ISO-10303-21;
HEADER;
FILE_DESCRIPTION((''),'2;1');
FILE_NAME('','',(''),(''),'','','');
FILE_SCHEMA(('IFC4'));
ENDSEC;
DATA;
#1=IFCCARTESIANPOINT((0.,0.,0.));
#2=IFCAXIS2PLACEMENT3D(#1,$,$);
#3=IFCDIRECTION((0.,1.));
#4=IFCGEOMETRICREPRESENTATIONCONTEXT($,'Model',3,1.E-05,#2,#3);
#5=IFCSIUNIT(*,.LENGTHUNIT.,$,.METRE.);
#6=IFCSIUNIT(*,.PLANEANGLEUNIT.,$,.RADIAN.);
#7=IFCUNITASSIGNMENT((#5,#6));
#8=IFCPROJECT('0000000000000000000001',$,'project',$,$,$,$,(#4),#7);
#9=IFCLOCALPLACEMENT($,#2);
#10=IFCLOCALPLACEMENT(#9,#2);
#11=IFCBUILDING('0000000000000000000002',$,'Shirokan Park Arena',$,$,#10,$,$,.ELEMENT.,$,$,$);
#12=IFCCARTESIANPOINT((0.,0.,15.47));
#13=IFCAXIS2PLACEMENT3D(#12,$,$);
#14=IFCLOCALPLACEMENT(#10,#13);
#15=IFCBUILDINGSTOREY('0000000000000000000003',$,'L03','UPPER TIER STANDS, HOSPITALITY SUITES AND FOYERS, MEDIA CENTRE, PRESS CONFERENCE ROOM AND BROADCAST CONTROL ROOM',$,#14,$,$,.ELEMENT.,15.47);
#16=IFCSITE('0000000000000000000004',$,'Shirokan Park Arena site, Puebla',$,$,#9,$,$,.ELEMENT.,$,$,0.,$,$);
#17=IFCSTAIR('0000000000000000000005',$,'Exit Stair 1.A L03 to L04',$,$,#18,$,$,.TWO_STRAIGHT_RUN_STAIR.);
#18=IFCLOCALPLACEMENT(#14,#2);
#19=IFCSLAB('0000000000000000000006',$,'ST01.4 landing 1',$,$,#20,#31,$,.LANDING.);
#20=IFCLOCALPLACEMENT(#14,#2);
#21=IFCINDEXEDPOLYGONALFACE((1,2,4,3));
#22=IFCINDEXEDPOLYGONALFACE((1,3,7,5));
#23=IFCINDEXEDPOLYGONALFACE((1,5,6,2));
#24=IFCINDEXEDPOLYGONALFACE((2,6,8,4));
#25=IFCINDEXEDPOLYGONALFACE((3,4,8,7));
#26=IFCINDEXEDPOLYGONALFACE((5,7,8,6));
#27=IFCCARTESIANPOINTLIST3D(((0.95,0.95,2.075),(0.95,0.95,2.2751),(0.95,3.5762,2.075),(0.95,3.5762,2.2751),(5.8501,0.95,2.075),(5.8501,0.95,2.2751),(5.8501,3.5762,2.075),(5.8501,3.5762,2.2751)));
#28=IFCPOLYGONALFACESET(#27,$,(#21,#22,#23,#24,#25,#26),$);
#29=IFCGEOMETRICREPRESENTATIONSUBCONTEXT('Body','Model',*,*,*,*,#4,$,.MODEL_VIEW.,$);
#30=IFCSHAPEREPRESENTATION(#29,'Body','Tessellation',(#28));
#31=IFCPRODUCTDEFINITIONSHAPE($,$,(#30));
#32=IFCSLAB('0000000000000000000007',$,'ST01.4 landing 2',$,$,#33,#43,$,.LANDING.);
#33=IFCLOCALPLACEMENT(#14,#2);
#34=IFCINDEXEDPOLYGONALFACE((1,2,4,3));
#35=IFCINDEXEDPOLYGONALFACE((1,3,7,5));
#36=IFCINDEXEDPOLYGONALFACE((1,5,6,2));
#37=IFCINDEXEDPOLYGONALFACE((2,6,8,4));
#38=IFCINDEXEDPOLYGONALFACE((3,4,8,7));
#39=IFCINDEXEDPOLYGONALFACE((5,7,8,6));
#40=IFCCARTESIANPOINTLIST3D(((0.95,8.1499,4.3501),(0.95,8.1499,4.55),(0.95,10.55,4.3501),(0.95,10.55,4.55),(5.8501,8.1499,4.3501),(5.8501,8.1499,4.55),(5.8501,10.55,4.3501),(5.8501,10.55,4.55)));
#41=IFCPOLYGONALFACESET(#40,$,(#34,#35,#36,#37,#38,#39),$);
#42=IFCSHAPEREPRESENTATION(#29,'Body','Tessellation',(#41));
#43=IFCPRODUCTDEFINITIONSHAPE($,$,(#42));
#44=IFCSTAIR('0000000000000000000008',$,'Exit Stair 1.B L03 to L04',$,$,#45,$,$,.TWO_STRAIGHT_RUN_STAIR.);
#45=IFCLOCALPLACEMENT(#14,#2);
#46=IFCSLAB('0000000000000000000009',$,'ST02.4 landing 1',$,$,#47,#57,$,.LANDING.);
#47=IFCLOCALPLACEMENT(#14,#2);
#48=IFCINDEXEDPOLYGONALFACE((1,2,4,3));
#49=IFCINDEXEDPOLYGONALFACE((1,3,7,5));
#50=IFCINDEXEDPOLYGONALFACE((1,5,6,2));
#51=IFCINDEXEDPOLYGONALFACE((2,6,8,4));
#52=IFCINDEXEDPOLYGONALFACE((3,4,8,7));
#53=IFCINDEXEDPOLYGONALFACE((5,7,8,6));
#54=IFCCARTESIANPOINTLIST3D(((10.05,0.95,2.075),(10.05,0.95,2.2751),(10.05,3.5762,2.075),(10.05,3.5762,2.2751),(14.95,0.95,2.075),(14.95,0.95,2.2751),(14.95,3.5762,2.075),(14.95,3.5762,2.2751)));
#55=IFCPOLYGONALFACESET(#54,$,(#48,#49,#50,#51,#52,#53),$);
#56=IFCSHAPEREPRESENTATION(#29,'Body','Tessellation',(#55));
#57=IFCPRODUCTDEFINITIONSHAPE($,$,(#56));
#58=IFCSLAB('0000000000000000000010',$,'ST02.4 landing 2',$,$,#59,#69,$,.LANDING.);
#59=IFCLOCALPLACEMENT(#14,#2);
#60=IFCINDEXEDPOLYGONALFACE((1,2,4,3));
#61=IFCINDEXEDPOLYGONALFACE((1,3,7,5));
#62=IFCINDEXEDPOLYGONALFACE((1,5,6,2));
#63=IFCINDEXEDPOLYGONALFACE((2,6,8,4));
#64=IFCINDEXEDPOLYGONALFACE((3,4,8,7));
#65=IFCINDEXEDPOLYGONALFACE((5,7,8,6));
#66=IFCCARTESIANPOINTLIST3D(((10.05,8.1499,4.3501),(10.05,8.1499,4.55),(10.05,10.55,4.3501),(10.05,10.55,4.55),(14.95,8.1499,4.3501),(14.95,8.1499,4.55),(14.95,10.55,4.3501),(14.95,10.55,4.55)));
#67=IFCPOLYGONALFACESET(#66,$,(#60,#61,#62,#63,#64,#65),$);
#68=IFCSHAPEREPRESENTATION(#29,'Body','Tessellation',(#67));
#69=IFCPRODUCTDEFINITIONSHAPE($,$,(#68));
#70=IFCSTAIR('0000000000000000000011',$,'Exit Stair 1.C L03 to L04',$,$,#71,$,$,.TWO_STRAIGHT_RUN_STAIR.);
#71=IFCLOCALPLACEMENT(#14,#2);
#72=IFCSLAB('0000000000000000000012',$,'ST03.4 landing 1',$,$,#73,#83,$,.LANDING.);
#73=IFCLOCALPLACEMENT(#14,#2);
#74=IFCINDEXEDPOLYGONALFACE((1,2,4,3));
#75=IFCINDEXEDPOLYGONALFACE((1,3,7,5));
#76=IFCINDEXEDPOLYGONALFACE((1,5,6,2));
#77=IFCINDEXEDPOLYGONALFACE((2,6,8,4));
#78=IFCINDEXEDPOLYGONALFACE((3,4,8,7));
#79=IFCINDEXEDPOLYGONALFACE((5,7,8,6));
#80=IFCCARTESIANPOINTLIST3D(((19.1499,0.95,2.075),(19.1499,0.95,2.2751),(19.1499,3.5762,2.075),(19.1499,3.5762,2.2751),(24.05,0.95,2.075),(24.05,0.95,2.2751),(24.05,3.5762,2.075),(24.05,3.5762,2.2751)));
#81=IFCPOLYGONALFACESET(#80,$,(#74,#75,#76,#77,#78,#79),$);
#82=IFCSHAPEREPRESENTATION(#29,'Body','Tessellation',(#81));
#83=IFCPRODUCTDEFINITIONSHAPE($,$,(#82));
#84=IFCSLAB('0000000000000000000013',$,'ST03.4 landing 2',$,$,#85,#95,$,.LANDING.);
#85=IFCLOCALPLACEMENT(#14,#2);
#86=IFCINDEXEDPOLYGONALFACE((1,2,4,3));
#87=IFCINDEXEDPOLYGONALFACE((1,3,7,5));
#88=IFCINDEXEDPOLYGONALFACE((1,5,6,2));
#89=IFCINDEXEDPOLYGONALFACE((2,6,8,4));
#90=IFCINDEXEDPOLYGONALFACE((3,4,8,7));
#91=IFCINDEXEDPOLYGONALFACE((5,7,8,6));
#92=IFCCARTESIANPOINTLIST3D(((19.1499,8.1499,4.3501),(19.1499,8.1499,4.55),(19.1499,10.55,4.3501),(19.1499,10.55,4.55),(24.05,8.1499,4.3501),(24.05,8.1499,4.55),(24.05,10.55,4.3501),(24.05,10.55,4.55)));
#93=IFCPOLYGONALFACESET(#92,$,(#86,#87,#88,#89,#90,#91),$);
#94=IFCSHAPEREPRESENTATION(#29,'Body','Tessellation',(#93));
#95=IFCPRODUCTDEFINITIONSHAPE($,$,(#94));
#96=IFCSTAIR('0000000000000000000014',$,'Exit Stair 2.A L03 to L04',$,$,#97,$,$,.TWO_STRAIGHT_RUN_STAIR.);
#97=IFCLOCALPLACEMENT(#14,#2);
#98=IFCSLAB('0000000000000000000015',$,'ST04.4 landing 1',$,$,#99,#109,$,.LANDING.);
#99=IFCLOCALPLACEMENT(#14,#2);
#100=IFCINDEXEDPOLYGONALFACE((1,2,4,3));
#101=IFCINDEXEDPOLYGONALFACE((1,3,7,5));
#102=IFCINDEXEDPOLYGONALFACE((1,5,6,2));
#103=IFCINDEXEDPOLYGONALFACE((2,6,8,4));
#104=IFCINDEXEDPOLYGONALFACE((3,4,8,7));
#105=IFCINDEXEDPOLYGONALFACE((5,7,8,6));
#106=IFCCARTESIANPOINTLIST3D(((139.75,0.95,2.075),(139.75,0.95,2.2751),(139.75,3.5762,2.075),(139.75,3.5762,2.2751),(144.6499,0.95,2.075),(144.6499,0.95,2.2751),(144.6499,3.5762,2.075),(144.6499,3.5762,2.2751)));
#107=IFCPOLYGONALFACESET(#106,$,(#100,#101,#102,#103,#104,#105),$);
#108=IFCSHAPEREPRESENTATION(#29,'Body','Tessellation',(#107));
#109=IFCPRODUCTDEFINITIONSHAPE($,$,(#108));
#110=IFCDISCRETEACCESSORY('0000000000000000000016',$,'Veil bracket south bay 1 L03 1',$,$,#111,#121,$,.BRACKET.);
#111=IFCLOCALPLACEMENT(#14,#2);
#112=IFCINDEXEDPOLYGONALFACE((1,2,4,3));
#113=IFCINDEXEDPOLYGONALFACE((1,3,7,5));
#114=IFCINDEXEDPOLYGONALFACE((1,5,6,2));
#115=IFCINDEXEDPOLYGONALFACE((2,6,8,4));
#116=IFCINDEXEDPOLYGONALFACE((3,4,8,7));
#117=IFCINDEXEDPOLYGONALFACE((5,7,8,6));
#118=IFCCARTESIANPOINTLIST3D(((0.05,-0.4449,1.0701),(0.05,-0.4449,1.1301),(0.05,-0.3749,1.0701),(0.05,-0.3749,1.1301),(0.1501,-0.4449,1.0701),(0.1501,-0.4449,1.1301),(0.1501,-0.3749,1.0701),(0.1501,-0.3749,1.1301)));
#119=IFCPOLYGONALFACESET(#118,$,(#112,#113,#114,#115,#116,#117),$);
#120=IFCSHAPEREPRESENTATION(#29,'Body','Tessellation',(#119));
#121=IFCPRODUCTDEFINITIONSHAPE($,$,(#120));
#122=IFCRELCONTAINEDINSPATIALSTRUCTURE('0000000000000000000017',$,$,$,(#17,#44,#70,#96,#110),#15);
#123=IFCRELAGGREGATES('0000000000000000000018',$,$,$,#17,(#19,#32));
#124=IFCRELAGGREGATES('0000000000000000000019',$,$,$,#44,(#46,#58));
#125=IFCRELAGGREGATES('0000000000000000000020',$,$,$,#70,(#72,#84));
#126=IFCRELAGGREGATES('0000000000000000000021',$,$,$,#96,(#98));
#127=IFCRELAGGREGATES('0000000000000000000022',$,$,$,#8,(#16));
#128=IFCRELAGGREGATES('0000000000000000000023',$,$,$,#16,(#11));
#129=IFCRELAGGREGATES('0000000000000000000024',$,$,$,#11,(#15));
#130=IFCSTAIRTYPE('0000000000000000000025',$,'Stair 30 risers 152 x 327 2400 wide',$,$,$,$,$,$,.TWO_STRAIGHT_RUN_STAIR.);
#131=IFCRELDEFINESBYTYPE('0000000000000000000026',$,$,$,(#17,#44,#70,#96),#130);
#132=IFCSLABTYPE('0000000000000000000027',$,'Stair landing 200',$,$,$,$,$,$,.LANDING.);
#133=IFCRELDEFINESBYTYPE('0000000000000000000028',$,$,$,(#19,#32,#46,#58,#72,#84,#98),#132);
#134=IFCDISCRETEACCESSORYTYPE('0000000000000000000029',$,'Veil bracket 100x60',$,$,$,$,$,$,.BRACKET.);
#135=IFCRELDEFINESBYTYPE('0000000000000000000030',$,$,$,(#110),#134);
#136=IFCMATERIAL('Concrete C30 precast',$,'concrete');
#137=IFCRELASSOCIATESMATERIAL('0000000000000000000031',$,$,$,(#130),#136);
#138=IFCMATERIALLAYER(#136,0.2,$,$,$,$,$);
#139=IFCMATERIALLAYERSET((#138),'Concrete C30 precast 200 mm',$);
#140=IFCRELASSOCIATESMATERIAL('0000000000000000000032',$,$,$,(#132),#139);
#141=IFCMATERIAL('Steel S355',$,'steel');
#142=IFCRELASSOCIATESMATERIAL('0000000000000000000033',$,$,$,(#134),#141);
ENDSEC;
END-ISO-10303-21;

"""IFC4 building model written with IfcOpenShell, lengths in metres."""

from ifc_helpers import new_model, si_unit, direction, frame, origin, origin_2d, place, context, subcontext, project, spatial, polyline, rectangle, outline, extrude, material, layer, layer_set, type_object, element, aggregate, save


model = new_model("IFC4")

# Units and contexts
model_context = context("Model", 3, precision=1e-05, world=origin(), true_north=direction((0.0, 1.0)))
body_context = subcontext(model_context, "Body", "Model", "MODEL_VIEW")
ifc_project = project(units=[si_unit("LENGTHUNIT", "METRE"), si_unit("PLANEANGLEUNIT", "RADIAN")], contexts=[model_context])

# Site, building, storey
site_placement = place(None, origin())
site = spatial("IfcSite", under=ifc_project, at=site_placement, Name="Shirokan Park Arena site, Puebla", CompositionType="ELEMENT", RefElevation=0.0)
building_placement = place(site_placement, origin())
building = spatial("IfcBuilding", under=site, at=building_placement, Name="Shirokan Park Arena", CompositionType="ELEMENT")
storey_placement = place(building_placement, frame((0.0, 0.0, 15.47)))
storey = spatial("IfcBuildingStorey", under=building, at=storey_placement, Name="L03", Description="UPPER TIER STANDS, HOSPITALITY SUITES AND FOYERS, MEDIA CENTRE, PRESS CONFERENCE ROOM AND BROADCAST CONTROL ROOM", CompositionType="ELEMENT", Elevation=15.47)

# Stairs, slabs
ifc_material_1 = material(Name="Concrete C30 precast", Category="concrete")
stair_type = type_object("IfcStairType", Name="Stair 30 risers 152 x 327 2400 wide", PredefinedType="TWO_STRAIGHT_RUN_STAIR", material=ifc_material_1)
stair_1_placement = place(storey_placement, origin())
stair_1 = element("IfcStair", 1, at=stair_1_placement, inside=storey, type_object=stair_type, Name="Exit Stair 1.A L03 to L04", PredefinedType="TWO_STRAIGHT_RUN_STAIR")
ifc_layer = layer(ifc_material_1, 0.2)
ifc_layer_set = layer_set([ifc_layer], Name="Concrete C30 precast 200 mm")
slab_type = type_object("IfcSlabType", Name="Stair landing 200", PredefinedType="LANDING", material=ifc_layer_set)
slab_1_placement = place(storey_placement, frame((0.0, 0.0, 2.075)))
slab_1 = element("IfcSlab", 2, at=slab_1_placement, type_object=slab_type, Name="ST01.4 landing 1", PredefinedType="LANDING", context=body_context, shape_type="SweptSolid", body=[
    extrude(outline(polyline([(0.95, 0.95), (5.8501, 0.95), (5.8501, 3.5762), (0.95, 3.5762), (0.95, 0.95)])), origin(), (0.0, 0.0, 1.0), 0.2002),
])
slab_2_placement = place(storey_placement, frame((0.0, 0.0, 4.3501)))
slab_2 = element("IfcSlab", 3, at=slab_2_placement, type_object=slab_type, Name="ST01.4 landing 2", PredefinedType="LANDING", context=body_context, shape_type="SweptSolid", body=[
    extrude(outline(polyline([(0.95, 8.1499), (5.8501, 8.1499), (5.8501, 10.55), (0.95, 10.55), (0.95, 8.1499)])), origin(), (0.0, 0.0, 1.0), 0.2),
])
aggregate(stair_1, [slab_1, slab_2])
stair_2_placement = place(storey_placement, origin())
stair_2 = element("IfcStair", 4, at=stair_2_placement, inside=storey, type_object=stair_type, Name="Exit Stair 1.B L03 to L04", PredefinedType="TWO_STRAIGHT_RUN_STAIR")
slab_3_placement = place(storey_placement, frame((0.0, 0.0, 2.075)))
slab_3 = element("IfcSlab", 5, at=slab_3_placement, type_object=slab_type, Name="ST02.4 landing 1", PredefinedType="LANDING", context=body_context, shape_type="SweptSolid", body=[
    extrude(outline(polyline([(10.05, 0.95), (14.95, 0.95), (14.95, 3.5762), (10.05, 3.5762), (10.05, 0.95)])), origin(), (0.0, 0.0, 1.0), 0.2002),
])
slab_4_placement = place(storey_placement, frame((0.0, 0.0, 4.3501)))
slab_4 = element("IfcSlab", 6, at=slab_4_placement, type_object=slab_type, Name="ST02.4 landing 2", PredefinedType="LANDING", context=body_context, shape_type="SweptSolid", body=[
    extrude(outline(polyline([(10.05, 8.1499), (14.95, 8.1499), (14.95, 10.55), (10.05, 10.55), (10.05, 8.1499)])), origin(), (0.0, 0.0, 1.0), 0.2),
])
aggregate(stair_2, [slab_3, slab_4])
stair_3_placement = place(storey_placement, origin())
stair_3 = element("IfcStair", 7, at=stair_3_placement, inside=storey, type_object=stair_type, Name="Exit Stair 1.C L03 to L04", PredefinedType="TWO_STRAIGHT_RUN_STAIR")
slab_5_placement = place(storey_placement, frame((0.0, 0.0, 2.075)))
slab_5 = element("IfcSlab", 8, at=slab_5_placement, type_object=slab_type, Name="ST03.4 landing 1", PredefinedType="LANDING", context=body_context, shape_type="SweptSolid", body=[
    extrude(outline(polyline([(19.1499, 0.95), (24.05, 0.95), (24.05, 3.5762), (19.1499, 3.5762), (19.1499, 0.95)])), origin(), (0.0, 0.0, 1.0), 0.2002),
])
slab_6_placement = place(storey_placement, frame((0.0, 0.0, 4.3501)))
slab_6 = element("IfcSlab", 9, at=slab_6_placement, type_object=slab_type, Name="ST03.4 landing 2", PredefinedType="LANDING", context=body_context, shape_type="SweptSolid", body=[
    extrude(outline(polyline([(19.1499, 8.1499), (24.05, 8.1499), (24.05, 10.55), (19.1499, 10.55), (19.1499, 8.1499)])), origin(), (0.0, 0.0, 1.0), 0.2),
])
aggregate(stair_3, [slab_5, slab_6])

# Stair, slab
stair_4_placement = place(storey_placement, origin())
stair_4 = element("IfcStair", 10, at=stair_4_placement, inside=storey, type_object=stair_type, Name="Exit Stair 2.A L03 to L04", PredefinedType="TWO_STRAIGHT_RUN_STAIR")
slab_7_placement = place(storey_placement, frame((0.0, 0.0, 2.075)))
slab_7 = element("IfcSlab", 11, at=slab_7_placement, type_object=slab_type, Name="ST04.4 landing 1", PredefinedType="LANDING", context=body_context, shape_type="SweptSolid", body=[
    extrude(outline(polyline([(139.75, 0.95), (144.6499, 0.95), (144.6499, 3.5762), (139.75, 3.5762), (139.75, 0.95)])), origin(), (0.0, 0.0, 1.0), 0.2002),
])
aggregate(stair_4, [slab_7])

# Discrete accessory
ifc_material_2 = material(Name="Steel S355", Category="steel")
discrete_accessory_type = type_object("IfcDiscreteAccessoryType", Name="Veil bracket 100x60", PredefinedType="BRACKET", material=ifc_material_2)
discrete_accessory_placement = place(storey_placement, frame((0.1001, -0.4099, 1.0701), z_axis=(0.0, 0.0, 1.0), x_axis=(1.0, 0.0, 0.0)))
element("IfcDiscreteAccessory", 12, at=discrete_accessory_placement, inside=storey, type_object=discrete_accessory_type, Name="Veil bracket south bay 1 L03 1", PredefinedType="BRACKET", context=body_context, shape_type="SweptSolid", body=[
    extrude(rectangle(XDim=0.1001, YDim=0.0701, at=origin_2d()), origin(), (0.0, 0.0, 1.0), 0.0601),
])

save(model, "model.ifc")
